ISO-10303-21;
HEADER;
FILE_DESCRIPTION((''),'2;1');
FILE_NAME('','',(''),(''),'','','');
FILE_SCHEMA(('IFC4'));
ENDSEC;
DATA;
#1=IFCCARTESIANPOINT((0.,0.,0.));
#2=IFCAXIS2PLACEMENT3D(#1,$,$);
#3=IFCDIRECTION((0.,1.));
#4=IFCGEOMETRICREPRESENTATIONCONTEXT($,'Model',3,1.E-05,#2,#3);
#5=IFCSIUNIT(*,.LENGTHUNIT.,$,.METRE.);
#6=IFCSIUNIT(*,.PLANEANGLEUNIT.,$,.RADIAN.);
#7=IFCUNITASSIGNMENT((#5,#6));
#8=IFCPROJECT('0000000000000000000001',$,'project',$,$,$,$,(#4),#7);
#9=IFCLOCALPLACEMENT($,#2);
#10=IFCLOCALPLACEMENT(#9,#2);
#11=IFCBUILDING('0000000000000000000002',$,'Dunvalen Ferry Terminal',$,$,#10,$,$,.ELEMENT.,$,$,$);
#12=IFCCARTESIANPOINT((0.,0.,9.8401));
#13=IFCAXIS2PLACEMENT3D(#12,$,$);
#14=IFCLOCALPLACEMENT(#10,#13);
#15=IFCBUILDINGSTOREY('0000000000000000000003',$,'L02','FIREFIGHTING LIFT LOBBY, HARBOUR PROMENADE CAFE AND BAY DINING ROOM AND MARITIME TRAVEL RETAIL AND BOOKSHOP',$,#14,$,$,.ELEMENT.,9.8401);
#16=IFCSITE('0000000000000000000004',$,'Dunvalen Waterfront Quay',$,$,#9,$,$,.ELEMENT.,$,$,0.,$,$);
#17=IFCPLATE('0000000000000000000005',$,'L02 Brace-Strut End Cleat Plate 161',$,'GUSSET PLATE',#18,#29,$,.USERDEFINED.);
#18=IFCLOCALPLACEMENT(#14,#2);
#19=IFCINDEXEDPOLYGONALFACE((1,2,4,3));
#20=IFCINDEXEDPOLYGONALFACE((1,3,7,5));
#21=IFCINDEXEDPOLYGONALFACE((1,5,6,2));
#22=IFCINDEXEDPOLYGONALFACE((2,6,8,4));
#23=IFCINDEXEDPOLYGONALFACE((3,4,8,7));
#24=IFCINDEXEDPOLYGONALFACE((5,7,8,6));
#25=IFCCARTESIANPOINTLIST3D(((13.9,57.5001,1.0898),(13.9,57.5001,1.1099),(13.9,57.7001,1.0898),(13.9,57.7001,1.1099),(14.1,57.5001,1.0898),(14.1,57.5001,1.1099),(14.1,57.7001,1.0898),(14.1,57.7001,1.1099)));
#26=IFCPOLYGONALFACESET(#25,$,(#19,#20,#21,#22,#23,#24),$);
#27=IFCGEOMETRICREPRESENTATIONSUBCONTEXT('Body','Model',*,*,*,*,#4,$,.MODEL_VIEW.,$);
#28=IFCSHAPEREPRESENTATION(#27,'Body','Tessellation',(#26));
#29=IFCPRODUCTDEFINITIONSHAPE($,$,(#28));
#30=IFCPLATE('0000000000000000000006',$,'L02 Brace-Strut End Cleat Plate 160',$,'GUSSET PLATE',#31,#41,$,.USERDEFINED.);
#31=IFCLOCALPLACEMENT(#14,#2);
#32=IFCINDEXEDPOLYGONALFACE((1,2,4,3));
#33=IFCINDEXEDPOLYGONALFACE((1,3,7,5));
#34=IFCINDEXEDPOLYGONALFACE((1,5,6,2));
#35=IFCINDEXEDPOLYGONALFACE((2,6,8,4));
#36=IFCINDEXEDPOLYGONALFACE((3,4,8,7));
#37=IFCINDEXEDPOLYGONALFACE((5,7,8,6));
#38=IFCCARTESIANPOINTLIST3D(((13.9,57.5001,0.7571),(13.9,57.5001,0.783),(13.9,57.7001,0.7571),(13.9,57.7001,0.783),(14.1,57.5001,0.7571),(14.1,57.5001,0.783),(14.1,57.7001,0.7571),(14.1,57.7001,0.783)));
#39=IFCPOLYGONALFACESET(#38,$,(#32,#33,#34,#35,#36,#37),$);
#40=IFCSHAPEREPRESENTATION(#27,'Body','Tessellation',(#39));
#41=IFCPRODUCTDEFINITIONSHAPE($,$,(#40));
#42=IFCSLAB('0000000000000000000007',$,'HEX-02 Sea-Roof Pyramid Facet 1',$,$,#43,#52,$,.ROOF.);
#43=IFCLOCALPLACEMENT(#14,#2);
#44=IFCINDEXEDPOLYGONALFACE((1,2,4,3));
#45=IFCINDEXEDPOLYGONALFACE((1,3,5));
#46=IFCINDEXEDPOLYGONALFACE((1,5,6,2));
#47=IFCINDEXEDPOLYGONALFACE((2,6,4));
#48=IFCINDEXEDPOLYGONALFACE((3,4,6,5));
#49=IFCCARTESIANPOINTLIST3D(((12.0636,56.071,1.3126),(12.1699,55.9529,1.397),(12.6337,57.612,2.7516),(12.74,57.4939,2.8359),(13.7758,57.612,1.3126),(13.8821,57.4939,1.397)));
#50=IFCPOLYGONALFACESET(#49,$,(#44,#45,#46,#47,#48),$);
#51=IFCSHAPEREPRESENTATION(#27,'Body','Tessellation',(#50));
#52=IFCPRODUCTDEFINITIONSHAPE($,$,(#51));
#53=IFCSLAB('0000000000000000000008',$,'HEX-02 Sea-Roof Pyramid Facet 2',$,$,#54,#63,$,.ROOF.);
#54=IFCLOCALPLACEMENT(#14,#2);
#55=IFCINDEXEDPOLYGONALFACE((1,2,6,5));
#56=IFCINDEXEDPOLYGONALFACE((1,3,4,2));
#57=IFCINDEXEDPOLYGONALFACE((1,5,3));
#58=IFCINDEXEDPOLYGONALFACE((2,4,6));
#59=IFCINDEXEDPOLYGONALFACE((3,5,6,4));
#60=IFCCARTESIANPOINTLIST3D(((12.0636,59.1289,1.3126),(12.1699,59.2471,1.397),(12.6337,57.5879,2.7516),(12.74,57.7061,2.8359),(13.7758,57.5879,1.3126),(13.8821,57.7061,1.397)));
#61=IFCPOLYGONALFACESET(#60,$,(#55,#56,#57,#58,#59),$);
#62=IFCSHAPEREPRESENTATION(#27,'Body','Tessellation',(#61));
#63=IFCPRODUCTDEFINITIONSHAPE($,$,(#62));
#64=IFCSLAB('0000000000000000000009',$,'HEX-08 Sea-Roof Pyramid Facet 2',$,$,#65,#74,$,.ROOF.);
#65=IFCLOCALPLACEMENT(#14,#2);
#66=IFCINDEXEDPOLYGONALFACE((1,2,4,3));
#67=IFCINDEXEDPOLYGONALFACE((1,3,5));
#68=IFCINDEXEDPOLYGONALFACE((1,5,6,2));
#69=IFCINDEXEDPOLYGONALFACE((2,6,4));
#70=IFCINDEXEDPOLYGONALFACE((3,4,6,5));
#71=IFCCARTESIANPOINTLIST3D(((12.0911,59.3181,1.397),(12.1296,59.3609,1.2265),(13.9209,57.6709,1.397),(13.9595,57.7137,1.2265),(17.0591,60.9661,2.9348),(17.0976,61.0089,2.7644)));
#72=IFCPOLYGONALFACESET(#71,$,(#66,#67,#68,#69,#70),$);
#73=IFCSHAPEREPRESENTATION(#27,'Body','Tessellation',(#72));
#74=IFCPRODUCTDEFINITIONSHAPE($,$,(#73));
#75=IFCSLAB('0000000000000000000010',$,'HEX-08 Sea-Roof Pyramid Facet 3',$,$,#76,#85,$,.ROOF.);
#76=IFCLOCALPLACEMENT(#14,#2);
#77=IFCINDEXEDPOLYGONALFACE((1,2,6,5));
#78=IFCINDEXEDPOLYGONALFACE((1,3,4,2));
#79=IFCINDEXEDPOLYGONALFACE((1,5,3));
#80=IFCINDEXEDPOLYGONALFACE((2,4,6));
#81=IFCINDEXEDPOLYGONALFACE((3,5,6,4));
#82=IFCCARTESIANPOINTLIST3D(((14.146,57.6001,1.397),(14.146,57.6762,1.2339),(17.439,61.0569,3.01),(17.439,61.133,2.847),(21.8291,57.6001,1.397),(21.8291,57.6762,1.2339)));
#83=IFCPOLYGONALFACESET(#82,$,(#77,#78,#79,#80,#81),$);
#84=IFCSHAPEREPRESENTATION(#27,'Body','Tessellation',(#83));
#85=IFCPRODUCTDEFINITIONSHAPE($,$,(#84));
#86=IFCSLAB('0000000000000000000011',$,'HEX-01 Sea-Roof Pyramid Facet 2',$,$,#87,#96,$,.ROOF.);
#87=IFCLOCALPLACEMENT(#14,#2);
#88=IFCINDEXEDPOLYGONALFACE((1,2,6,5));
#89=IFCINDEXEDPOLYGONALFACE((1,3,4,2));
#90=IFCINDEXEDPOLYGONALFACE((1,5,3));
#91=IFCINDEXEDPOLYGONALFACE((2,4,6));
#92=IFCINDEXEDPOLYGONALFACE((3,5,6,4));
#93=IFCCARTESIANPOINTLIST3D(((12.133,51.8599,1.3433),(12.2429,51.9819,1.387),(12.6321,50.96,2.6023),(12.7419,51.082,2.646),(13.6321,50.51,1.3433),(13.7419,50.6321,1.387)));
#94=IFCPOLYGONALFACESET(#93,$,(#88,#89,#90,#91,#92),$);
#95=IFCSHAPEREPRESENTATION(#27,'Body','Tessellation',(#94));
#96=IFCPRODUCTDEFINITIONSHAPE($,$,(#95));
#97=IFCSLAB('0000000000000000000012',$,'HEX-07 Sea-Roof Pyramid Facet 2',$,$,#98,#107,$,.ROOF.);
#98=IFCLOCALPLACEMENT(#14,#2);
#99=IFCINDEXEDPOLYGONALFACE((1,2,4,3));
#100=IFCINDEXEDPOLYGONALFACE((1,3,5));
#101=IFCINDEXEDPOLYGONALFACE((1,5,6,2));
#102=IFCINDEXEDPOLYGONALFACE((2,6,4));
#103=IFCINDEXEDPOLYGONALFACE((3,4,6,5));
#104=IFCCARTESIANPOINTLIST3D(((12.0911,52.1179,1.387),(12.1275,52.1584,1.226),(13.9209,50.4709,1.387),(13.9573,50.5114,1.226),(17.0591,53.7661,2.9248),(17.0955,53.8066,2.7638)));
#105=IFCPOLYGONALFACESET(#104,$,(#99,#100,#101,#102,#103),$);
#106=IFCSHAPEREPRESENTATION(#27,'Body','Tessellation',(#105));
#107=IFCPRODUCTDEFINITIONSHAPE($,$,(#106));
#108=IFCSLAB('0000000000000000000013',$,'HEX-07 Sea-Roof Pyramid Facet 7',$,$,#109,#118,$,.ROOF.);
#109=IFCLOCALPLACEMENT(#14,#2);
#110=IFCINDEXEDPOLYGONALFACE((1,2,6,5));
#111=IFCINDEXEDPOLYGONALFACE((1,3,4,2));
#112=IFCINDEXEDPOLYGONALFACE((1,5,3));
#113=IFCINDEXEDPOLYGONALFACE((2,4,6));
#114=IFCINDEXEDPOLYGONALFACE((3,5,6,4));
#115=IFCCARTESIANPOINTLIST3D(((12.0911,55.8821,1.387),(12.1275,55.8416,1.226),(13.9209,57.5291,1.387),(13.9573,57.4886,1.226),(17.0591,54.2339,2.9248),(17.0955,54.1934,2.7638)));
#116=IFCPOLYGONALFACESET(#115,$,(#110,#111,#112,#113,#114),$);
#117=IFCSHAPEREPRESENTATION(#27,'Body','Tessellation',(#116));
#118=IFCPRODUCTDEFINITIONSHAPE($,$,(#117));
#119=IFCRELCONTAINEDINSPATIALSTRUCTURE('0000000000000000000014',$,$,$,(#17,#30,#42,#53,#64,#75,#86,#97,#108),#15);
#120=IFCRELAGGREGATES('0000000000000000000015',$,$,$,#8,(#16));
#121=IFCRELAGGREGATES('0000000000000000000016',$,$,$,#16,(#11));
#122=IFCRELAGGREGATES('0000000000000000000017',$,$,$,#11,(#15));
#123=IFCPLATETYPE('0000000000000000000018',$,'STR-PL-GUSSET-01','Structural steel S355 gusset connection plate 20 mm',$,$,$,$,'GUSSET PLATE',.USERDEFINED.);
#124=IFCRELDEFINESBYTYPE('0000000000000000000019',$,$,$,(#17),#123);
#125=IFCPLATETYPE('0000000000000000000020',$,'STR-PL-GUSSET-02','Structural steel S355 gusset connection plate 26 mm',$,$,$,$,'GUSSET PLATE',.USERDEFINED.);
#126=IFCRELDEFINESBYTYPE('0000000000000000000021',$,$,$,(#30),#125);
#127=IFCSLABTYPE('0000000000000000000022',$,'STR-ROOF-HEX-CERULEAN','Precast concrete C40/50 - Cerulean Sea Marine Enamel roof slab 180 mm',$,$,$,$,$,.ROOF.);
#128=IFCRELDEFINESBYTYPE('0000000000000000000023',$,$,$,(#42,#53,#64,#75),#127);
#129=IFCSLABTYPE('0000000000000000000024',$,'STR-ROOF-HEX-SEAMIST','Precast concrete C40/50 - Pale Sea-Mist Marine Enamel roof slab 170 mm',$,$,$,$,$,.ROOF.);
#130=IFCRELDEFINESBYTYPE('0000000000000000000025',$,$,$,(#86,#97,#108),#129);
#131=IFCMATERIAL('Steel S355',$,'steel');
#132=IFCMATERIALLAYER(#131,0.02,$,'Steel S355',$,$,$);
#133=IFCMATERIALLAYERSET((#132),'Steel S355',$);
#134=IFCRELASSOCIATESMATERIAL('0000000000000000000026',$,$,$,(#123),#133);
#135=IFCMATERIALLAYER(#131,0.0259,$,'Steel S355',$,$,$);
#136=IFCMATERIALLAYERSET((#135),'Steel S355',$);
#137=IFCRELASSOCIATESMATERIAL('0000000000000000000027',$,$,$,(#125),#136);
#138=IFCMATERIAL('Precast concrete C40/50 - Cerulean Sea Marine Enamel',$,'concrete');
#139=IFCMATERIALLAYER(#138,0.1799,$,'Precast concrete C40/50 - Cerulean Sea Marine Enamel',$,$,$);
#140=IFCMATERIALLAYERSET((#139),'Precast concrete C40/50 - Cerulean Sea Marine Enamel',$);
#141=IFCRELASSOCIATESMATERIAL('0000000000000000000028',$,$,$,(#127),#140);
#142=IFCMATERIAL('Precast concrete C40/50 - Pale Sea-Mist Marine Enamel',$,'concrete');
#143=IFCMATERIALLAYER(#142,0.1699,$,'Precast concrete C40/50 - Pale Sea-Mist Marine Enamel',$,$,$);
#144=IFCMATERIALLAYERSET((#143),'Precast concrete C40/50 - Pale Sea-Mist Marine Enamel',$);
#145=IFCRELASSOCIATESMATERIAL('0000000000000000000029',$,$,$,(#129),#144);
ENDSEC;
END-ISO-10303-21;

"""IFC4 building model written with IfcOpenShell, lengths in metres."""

from ifc_helpers import new_model, si_unit, direction, frame, origin, origin_2d, place, context, subcontext, project, spatial, polyline, rectangle, outline, extrude, material, layer, layer_set, type_object, element, save


model = new_model("IFC4")

# Units and contexts
model_context = context("Model", 3, precision=1e-05, world=origin(), true_north=direction((0.0, 1.0)))
body_context = subcontext(model_context, "Body", "Model", "MODEL_VIEW")
ifc_project = project(units=[si_unit("LENGTHUNIT", "METRE"), si_unit("PLANEANGLEUNIT", "RADIAN")], contexts=[model_context])

# Site, building, storey
site_placement = place(None, origin())
site = spatial("IfcSite", under=ifc_project, at=site_placement, Name="Dunvalen Waterfront Quay", CompositionType="ELEMENT", RefElevation=0.0)
building_placement = place(site_placement, origin())
building = spatial("IfcBuilding", under=site, at=building_placement, Name="Dunvalen Ferry Terminal", CompositionType="ELEMENT")
storey_placement = place(building_placement, frame((0.0, 0.0, 9.8401)))
storey = spatial("IfcBuildingStorey", under=building, at=storey_placement, Name="L02", Description="FIREFIGHTING LIFT LOBBY, HARBOUR PROMENADE CAFE AND BAY DINING ROOM AND MARITIME TRAVEL RETAIL AND BOOKSHOP", CompositionType="ELEMENT", Elevation=9.8401)

# Shared definitions
ifc_material_1 = material(Name="Steel S355", Category="steel")

# Plates
ifc_layer_1 = layer(ifc_material_1, 0.02, Name="Steel S355")
ifc_layer_set_1 = layer_set([ifc_layer_1], Name="Steel S355")
plate_type_1 = type_object("IfcPlateType", Name="STR-PL-GUSSET-01", Description="Structural steel S355 gusset connection plate 20 mm", ElementType="GUSSET PLATE", PredefinedType="USERDEFINED", material=ifc_layer_set_1)
for number, where, z_axis, x_axis, name in (
    (1, (14.0, 57.6001, 1.0898), (0.0, 0.0, 1.0), (1.0, 0.0, 0.0), "L02 Brace-Strut End Cleat Plate 161"),
):
    element("IfcPlate", number, at=place(storey_placement, frame(where, z_axis=z_axis, x_axis=x_axis)), inside=storey, type_object=plate_type_1, Name=name, ObjectType="GUSSET PLATE", PredefinedType="USERDEFINED", context=body_context, shape_type="SweptSolid", body=[
        extrude(rectangle(XDim=0.2, YDim=0.2, at=origin_2d()), origin(), (0.0, 0.0, 1.0), 0.02),
    ])
ifc_layer_2 = layer(ifc_material_1, 0.0259, Name="Steel S355")
ifc_layer_set_2 = layer_set([ifc_layer_2], Name="Steel S355")
plate_type_2 = type_object("IfcPlateType", Name="STR-PL-GUSSET-02", Description="Structural steel S355 gusset connection plate 26 mm", ElementType="GUSSET PLATE", PredefinedType="USERDEFINED", material=ifc_layer_set_2)
plate_1_placement = place(storey_placement, frame((14.0, 57.6001, 0.7571), z_axis=(0.0, 0.0, 1.0), x_axis=(1.0, 0.0, 0.0)))
element("IfcPlate", 2, at=plate_1_placement, inside=storey, type_object=plate_type_2, Name="L02 Brace-Strut End Cleat Plate 160", ObjectType="GUSSET PLATE", PredefinedType="USERDEFINED", context=body_context, shape_type="SweptSolid", body=[
    extrude(rectangle(XDim=0.2, YDim=0.2, at=origin_2d()), origin(), (0.0, 0.0, 1.0), 0.0259),
])

# Slabs
ifc_material_2 = material(Name="Precast concrete C40/50 - Cerulean Sea Marine Enamel", Category="concrete")
ifc_layer_3 = layer(ifc_material_2, 0.1799, Name="Precast concrete C40/50 - Cerulean Sea Marine Enamel")
ifc_layer_set_3 = layer_set([ifc_layer_3], Name="Precast concrete C40/50 - Cerulean Sea Marine Enamel")
slab_type_1 = type_object("IfcSlabType", Name="STR-ROOF-HEX-CERULEAN", Description="Precast concrete C40/50 - Cerulean Sea Marine Enamel roof slab 180 mm", PredefinedType="ROOF", material=ifc_layer_set_3)
slab_1_placement = place(storey_placement, frame((12.1699, 55.9529, 1.397), z_axis=(0.590859, -0.656479, 0.468958), x_axis=(0.743278, 0.668982, 0.0)))
element("IfcSlab", 3, at=slab_1_placement, inside=storey, type_object=slab_type_1, Name="HEX-02 Sea-Roof Pyramid Facet 1", PredefinedType="ROOF", context=body_context, shape_type="SweptSolid", body=[
    extrude(outline(polyline([(0.0, 0.0), (2.3035, 0.0), (1.4546, 1.6292), (0.0, 0.0)])), origin(), (0.0, 0.0, -1.0), 0.1799),
])
slab_2_placement = place(storey_placement, frame((13.8821, 57.7061, 1.397), z_axis=(0.590859, 0.656479, 0.468958), x_axis=(-0.743278, 0.668982, 0.0)))
element("IfcSlab", 4, at=slab_2_placement, inside=storey, type_object=slab_type_1, Name="HEX-02 Sea-Roof Pyramid Facet 2", PredefinedType="ROOF", context=body_context, shape_type="SweptSolid", body=[
    extrude(outline(polyline([(0.0, 0.0), (2.3035, 0.0), (0.8489, 1.6292), (0.0, 0.0)])), origin(), (0.0, 0.0, -1.0), 0.1799),
])
slab_3_placement = place(storey_placement, frame((12.0911, 59.3181, 1.397), z_axis=(-0.214282, -0.238038, 0.947323), x_axis=(0.74322, -0.669047, 0.0)))
element("IfcSlab", 5, at=slab_3_placement, inside=storey, type_object=slab_type_1, Name="HEX-08 Sea-Roof Pyramid Facet 2", PredefinedType="ROOF", context=body_context, shape_type="SweptSolid", body=[
    extrude(outline(polyline([(0.0, 0.0), (2.462, 0.0), (2.5898, 4.8016), (0.0, 0.0)])), origin(), (0.0, 0.0, -1.0), 0.1799),
])
slab_4_placement = place(storey_placement, frame((14.146, 57.6001, 1.397), z_axis=(0.0, -0.422857, 0.906196), x_axis=(1.0, 0.0, 0.0)))
element("IfcSlab", 6, at=slab_4_placement, inside=storey, type_object=slab_type_1, Name="HEX-08 Sea-Roof Pyramid Facet 3", PredefinedType="ROOF", context=body_context, shape_type="SweptSolid", body=[
    extrude(outline(polyline([(0.0, 0.0), (7.6831, 0.0), (3.293, 3.8146), (0.0, 0.0)])), origin(), (0.0, 0.0, -1.0), 0.1799),
])
ifc_material_3 = material(Name="Precast concrete C40/50 - Pale Sea-Mist Marine Enamel", Category="concrete")
ifc_layer_4 = layer(ifc_material_3, 0.1699, Name="Precast concrete C40/50 - Pale Sea-Mist Marine Enamel")
ifc_layer_set_4 = layer_set([ifc_layer_4], Name="Precast concrete C40/50 - Pale Sea-Mist Marine Enamel")
slab_type_2 = type_object("IfcSlabType", Name="STR-ROOF-HEX-SEAMIST", Description="Precast concrete C40/50 - Pale Sea-Mist Marine Enamel roof slab 170 mm", PredefinedType="ROOF", material=ifc_layer_set_4)
slab_5_placement = place(storey_placement, frame((13.7419, 50.6321, 1.387), z_axis=(0.646691, 0.718156, 0.256988), x_axis=(-0.743114, 0.669165, 0.0)))
element("IfcSlab", 7, at=slab_5_placement, inside=storey, type_object=slab_type_2, Name="HEX-01 Sea-Roof Pyramid Facet 2", PredefinedType="ROOF", context=body_context, shape_type="SweptSolid", body=[
    extrude(outline(polyline([(0.0, 0.0), (2.0172, 0.0), (1.0442, 1.3028), (0.0, 0.0)])), origin(), (0.0, 0.0, -1.0), 0.1699),
])
slab_6_placement = place(storey_placement, frame((12.0911, 52.1179, 1.387), z_axis=(-0.214265, -0.238055, 0.947323), x_axis=(0.743269, -0.668992, 0.0)))
element("IfcSlab", 8, at=slab_6_placement, inside=storey, type_object=slab_type_2, Name="HEX-07 Sea-Roof Pyramid Facet 2", PredefinedType="ROOF", context=body_context, shape_type="SweptSolid", body=[
    extrude(outline(polyline([(0.0, 0.0), (2.4619, 0.0), (2.5899, 4.8015), (0.0, 0.0)])), origin(), (0.0, 0.0, -1.0), 0.1699),
])
slab_7_placement = place(storey_placement, frame((13.9209, 57.5291, 1.387), z_axis=(-0.214265, 0.238055, 0.947323), x_axis=(-0.743269, -0.668992, 0.0)))
element("IfcSlab", 9, at=slab_7_placement, inside=storey, type_object=slab_type_2, Name="HEX-07 Sea-Roof Pyramid Facet 7", PredefinedType="ROOF", context=body_context, shape_type="SweptSolid", body=[
    extrude(outline(polyline([(0.0, 0.0), (2.4619, 0.0), (-0.1281, 4.8015), (0.0, 0.0)])), origin(), (0.0, 0.0, -1.0), 0.1699),
])

save(model, "model.ifc")
